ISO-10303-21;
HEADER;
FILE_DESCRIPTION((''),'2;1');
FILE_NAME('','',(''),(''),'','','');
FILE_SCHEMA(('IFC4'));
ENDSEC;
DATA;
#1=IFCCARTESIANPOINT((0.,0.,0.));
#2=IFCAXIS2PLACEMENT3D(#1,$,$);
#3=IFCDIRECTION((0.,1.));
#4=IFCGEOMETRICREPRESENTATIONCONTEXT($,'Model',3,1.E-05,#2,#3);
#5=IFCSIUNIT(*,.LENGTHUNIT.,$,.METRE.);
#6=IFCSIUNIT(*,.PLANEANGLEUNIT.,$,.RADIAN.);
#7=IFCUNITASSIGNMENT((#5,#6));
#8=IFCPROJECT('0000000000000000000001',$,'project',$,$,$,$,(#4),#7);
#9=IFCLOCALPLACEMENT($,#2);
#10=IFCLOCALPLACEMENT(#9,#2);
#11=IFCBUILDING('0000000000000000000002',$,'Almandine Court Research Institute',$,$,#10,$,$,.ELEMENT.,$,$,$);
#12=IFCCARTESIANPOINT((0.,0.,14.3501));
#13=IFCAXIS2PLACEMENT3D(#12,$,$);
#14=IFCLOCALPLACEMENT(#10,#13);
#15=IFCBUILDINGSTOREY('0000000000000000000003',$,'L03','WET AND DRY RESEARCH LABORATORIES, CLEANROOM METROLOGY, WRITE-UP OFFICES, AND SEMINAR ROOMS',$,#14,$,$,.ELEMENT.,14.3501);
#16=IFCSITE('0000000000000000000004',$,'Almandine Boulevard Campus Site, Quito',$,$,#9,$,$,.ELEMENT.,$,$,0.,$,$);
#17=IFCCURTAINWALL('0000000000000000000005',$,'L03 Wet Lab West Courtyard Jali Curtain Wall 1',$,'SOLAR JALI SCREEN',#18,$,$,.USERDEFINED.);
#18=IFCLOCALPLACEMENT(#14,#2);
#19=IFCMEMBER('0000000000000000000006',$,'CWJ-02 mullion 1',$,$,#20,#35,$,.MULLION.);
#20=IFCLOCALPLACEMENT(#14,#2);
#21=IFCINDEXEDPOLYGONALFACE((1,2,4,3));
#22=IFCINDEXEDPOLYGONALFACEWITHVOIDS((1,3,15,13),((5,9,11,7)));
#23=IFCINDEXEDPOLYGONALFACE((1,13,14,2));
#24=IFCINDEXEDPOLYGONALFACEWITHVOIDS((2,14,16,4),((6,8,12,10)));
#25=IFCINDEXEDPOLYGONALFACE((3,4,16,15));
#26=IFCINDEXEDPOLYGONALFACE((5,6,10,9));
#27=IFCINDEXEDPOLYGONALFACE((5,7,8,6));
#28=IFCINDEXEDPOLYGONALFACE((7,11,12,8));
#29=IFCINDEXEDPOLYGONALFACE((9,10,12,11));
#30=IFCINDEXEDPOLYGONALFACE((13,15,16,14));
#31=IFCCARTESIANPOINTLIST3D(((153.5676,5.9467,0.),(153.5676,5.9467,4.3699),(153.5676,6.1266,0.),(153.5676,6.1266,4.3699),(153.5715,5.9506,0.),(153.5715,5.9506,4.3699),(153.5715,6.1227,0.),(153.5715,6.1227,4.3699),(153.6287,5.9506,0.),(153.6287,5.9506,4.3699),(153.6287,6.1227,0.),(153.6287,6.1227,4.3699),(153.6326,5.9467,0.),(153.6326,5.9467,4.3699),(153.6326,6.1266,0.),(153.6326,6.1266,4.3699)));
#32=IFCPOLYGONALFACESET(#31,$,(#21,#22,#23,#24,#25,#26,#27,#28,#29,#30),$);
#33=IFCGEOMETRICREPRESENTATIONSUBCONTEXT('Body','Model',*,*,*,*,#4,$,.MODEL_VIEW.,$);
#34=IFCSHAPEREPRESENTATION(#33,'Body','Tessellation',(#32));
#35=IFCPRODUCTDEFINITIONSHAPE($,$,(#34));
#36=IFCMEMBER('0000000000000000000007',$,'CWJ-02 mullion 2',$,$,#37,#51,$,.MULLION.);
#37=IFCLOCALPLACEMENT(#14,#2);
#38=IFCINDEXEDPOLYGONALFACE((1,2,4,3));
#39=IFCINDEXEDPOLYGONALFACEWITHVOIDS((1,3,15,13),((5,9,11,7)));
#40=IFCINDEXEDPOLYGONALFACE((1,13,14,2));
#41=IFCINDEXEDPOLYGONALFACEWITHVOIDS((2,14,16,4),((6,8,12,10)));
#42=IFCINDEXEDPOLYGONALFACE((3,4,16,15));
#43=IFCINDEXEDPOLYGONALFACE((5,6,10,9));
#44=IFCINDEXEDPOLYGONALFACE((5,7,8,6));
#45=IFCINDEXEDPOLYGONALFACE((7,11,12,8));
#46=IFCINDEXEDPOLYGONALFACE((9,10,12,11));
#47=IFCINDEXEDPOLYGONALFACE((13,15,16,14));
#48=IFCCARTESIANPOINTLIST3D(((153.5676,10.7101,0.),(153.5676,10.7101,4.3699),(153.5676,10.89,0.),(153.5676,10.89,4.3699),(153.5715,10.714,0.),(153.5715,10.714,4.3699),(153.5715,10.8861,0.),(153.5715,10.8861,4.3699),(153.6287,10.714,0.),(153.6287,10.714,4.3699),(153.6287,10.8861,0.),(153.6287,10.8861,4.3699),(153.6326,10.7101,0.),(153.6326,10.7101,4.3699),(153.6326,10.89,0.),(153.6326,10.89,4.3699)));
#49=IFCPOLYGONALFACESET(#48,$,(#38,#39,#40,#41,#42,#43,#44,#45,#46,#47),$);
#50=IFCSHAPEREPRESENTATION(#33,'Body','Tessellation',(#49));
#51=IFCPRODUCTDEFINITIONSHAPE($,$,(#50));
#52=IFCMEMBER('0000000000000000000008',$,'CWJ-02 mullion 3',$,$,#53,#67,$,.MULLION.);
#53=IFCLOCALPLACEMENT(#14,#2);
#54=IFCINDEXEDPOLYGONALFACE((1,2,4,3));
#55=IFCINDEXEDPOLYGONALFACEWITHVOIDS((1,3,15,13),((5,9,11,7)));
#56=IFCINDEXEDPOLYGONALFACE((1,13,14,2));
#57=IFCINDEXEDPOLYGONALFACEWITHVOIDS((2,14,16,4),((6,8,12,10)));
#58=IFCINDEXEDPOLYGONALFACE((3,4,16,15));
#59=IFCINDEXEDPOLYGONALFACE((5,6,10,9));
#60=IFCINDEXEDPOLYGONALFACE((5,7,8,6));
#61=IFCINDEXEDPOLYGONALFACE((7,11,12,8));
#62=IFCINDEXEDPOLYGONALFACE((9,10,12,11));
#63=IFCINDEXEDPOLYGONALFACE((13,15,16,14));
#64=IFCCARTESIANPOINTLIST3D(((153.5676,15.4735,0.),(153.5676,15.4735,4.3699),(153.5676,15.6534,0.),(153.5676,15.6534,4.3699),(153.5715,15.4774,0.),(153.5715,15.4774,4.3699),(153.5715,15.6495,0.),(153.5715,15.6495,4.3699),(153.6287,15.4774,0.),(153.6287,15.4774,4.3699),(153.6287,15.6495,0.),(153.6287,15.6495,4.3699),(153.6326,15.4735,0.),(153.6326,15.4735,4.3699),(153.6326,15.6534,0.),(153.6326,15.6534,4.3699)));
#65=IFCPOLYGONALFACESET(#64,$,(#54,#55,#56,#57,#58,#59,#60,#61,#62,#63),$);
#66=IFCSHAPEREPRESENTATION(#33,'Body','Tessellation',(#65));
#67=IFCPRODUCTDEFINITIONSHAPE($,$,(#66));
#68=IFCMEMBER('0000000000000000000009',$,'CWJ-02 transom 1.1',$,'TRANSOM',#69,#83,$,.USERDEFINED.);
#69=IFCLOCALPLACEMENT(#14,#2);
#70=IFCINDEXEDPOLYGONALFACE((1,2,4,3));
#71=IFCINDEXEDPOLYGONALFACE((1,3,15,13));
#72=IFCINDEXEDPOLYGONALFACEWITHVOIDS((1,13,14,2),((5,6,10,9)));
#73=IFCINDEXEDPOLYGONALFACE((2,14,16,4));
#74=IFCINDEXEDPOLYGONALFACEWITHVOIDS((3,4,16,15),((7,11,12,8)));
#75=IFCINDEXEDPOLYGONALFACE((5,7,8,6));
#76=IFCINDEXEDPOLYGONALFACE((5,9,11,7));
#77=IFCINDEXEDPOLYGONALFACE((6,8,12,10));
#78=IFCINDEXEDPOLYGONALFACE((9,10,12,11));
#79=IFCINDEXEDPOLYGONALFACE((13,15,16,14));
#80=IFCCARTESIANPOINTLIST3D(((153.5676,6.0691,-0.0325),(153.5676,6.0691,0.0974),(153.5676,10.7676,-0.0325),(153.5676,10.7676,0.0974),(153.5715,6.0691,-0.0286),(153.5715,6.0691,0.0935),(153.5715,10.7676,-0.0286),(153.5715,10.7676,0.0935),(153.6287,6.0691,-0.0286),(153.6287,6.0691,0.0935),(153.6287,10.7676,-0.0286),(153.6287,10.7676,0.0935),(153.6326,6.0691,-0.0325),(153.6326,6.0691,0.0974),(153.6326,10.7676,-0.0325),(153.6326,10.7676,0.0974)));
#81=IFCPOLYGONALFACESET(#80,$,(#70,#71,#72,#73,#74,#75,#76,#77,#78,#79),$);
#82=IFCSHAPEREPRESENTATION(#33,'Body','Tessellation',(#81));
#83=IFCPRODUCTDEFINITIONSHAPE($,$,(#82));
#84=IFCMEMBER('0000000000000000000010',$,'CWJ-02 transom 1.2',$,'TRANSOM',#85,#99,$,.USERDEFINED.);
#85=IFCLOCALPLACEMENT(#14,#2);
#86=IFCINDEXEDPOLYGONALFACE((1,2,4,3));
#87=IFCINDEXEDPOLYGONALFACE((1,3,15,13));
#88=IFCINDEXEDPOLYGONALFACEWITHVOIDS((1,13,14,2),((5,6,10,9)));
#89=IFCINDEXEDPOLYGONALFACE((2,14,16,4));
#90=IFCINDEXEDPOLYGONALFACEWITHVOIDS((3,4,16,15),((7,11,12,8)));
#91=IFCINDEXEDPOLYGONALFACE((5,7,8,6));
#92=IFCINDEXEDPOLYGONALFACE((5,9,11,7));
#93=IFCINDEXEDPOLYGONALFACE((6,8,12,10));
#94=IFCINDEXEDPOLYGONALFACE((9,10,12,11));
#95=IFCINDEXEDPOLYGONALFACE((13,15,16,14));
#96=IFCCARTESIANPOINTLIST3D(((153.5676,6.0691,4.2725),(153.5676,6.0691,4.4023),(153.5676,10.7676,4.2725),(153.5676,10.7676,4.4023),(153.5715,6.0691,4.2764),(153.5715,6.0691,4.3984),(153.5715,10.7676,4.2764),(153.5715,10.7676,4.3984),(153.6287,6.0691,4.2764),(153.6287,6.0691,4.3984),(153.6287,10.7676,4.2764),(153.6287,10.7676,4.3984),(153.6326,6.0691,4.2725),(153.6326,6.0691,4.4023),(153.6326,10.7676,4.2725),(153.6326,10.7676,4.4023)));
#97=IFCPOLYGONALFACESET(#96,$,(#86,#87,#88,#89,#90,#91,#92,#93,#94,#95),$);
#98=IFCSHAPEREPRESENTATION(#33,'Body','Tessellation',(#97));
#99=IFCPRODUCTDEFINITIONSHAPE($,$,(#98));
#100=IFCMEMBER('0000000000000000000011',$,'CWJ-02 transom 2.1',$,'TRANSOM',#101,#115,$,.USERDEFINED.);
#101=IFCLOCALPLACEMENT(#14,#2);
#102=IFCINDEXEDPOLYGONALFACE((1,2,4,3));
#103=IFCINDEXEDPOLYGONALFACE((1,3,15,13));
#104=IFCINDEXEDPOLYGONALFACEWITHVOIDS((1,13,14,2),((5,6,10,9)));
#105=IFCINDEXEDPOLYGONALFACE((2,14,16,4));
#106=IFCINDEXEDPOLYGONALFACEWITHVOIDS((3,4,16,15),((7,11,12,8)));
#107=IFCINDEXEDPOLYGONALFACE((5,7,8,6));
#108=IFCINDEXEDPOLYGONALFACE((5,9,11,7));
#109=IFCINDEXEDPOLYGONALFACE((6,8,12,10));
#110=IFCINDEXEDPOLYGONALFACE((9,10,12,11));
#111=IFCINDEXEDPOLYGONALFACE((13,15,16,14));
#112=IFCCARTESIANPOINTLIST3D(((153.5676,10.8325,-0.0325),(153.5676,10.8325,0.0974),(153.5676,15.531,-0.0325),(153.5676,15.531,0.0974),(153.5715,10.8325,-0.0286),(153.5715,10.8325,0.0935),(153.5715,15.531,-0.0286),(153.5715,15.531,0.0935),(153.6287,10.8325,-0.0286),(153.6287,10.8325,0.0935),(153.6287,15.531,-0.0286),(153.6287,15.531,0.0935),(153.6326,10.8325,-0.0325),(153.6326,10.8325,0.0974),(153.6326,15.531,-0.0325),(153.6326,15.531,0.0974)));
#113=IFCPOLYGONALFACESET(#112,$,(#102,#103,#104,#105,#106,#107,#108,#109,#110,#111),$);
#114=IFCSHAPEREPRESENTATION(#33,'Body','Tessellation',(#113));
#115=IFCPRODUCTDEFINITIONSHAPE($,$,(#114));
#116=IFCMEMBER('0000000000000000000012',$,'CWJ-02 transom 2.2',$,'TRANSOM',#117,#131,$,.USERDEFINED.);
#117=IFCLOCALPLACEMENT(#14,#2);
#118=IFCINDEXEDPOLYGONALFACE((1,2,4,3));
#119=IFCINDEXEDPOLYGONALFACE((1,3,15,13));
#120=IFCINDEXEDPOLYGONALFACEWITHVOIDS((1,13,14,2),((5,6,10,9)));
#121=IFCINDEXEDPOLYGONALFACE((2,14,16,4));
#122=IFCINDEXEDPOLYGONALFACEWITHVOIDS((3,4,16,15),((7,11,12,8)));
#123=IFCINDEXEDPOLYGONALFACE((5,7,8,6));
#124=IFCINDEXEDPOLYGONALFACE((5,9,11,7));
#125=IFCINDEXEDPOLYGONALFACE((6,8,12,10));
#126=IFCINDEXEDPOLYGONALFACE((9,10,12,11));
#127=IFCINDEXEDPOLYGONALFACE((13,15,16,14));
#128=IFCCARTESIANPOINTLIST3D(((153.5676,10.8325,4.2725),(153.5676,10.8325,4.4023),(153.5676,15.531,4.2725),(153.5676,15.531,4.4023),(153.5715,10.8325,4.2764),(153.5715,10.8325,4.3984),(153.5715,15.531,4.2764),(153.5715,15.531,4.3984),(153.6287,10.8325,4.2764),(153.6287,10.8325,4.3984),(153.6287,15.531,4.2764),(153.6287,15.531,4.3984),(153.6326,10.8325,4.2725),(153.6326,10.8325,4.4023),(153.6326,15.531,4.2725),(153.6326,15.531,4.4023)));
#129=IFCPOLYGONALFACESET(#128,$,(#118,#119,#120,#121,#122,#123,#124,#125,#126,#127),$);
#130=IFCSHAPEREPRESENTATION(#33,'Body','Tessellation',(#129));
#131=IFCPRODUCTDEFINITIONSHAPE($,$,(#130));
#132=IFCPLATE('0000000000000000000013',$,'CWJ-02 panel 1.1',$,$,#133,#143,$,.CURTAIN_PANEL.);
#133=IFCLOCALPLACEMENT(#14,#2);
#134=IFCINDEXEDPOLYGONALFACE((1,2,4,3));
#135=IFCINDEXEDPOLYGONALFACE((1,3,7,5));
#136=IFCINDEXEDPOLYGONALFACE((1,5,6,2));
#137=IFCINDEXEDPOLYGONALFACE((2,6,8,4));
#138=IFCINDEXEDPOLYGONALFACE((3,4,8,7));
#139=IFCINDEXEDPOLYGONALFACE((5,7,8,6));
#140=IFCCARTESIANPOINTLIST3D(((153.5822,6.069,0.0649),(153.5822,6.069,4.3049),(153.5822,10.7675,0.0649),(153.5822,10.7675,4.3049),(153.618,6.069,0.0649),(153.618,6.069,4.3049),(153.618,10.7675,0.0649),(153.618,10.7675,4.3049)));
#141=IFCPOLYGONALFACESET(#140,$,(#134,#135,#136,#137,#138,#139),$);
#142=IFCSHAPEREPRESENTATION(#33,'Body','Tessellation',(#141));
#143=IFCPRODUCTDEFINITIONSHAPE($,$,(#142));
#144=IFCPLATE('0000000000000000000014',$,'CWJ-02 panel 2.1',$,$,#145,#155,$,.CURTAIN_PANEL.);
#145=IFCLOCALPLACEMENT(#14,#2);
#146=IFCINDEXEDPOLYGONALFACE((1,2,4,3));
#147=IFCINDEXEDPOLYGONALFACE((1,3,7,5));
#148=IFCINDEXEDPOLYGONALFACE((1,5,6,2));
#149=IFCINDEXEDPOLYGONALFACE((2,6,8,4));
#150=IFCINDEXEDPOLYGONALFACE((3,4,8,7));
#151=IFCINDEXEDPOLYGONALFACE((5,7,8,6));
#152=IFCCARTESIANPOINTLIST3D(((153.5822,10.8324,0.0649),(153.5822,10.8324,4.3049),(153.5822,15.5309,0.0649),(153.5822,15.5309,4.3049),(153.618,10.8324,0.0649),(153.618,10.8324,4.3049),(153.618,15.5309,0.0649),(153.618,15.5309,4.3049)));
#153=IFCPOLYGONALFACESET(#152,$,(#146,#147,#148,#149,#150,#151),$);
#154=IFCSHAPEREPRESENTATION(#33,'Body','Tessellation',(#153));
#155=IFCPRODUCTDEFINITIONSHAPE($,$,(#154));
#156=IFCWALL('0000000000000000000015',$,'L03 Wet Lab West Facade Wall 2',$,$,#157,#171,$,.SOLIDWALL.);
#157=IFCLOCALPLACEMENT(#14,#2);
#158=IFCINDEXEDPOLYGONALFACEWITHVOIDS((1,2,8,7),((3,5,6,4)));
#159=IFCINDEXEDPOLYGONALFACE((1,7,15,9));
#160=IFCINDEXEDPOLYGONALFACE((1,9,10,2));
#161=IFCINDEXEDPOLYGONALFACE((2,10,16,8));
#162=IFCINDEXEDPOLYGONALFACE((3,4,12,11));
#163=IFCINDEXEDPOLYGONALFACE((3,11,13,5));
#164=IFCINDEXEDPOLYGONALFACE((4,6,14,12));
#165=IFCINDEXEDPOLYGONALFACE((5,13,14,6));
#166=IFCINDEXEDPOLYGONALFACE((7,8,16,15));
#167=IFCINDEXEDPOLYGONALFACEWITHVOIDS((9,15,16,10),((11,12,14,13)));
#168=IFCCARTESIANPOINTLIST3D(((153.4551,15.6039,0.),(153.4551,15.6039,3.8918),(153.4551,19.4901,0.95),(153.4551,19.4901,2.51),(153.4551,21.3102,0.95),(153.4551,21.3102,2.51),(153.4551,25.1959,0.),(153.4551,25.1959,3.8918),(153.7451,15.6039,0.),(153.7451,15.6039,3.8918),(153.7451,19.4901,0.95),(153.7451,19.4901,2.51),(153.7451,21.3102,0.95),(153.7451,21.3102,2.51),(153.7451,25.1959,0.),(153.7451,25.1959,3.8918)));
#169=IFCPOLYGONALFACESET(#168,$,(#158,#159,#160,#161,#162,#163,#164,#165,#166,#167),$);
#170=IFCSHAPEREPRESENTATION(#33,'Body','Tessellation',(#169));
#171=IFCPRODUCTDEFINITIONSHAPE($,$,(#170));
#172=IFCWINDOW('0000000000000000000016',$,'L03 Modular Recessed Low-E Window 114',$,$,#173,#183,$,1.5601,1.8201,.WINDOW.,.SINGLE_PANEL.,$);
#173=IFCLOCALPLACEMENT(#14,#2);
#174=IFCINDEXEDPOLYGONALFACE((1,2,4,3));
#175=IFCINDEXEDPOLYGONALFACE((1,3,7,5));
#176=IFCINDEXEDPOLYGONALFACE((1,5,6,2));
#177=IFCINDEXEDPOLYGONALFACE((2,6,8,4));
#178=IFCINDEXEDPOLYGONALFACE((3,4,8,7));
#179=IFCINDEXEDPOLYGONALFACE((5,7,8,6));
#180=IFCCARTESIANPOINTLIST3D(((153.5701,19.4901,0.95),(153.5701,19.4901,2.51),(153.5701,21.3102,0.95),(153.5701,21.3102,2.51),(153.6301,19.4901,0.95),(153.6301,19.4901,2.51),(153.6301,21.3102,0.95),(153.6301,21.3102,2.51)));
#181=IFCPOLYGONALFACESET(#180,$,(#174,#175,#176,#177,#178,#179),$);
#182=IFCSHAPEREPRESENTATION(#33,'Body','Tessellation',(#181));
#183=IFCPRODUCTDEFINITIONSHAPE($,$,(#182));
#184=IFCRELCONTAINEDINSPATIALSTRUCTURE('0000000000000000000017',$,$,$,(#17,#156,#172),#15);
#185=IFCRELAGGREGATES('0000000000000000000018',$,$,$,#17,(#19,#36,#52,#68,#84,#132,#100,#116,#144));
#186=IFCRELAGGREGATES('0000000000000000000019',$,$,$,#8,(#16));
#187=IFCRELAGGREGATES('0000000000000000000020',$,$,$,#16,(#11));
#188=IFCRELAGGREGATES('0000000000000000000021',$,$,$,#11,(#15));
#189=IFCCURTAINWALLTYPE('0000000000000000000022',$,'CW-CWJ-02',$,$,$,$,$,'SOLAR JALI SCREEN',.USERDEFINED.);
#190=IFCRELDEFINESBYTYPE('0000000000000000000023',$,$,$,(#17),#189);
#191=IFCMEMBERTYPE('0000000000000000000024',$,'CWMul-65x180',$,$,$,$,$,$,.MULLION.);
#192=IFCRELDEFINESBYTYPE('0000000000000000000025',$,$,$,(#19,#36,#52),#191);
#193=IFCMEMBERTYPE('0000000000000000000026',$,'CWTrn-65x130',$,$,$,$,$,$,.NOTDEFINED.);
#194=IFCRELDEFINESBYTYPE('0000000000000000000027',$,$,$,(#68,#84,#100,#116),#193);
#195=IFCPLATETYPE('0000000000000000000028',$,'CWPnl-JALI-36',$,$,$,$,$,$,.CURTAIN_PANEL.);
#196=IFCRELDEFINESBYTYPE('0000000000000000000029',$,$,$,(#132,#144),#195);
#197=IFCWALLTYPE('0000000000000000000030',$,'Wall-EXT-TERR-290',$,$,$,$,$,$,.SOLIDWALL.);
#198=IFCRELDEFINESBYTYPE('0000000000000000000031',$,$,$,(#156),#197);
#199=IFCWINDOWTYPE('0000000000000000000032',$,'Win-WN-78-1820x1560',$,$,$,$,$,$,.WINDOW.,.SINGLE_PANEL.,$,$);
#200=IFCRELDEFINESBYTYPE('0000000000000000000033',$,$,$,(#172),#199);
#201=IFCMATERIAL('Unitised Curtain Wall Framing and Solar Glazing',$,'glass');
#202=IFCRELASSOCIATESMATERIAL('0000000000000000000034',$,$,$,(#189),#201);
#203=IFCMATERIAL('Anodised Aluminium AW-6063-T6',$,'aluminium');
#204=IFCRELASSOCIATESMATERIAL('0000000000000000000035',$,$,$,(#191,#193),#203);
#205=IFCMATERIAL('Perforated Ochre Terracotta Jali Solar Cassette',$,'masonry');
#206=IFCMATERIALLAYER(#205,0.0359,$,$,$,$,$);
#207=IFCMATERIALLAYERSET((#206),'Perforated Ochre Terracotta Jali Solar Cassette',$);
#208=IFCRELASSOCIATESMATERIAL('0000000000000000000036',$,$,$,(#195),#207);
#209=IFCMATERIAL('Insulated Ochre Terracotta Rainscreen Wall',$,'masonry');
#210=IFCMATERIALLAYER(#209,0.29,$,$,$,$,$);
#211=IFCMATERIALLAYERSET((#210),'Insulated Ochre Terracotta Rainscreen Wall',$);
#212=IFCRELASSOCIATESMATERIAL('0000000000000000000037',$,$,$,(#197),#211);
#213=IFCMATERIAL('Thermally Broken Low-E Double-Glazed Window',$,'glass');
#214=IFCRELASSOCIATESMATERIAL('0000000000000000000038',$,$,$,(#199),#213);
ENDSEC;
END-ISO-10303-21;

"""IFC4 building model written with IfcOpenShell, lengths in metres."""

from ifc_helpers import new_model, si_unit, direction, frame, frame_2d, origin, origin_2d, place, context, subcontext, project, spatial, rectangle, hollow_rectangle, extrude, material, layer, layer_set, material_profile, profile_set, type_object, element, fill, aggregate, save


model = new_model("IFC4")

# Units and contexts
model_context = context("Model", 3, precision=1e-05, world=origin(), true_north=direction((0.0, 1.0)))
body_context = subcontext(model_context, "Body", "Model", "MODEL_VIEW")
ifc_project = project(units=[si_unit("LENGTHUNIT", "METRE"), si_unit("PLANEANGLEUNIT", "RADIAN")], contexts=[model_context])

# Site, building, storey
site_placement = place(None, origin())
site = spatial("IfcSite", under=ifc_project, at=site_placement, Name="Almandine Boulevard Campus Site, Quito", CompositionType="ELEMENT", RefElevation=0.0)
building_placement = place(site_placement, origin())
building = spatial("IfcBuilding", under=site, at=building_placement, Name="Almandine Court Research Institute", CompositionType="ELEMENT")
storey_placement = place(building_placement, frame((0.0, 0.0, 14.3501)))
storey = spatial("IfcBuildingStorey", under=building, at=storey_placement, Name="L03", Description="WET AND DRY RESEARCH LABORATORIES, CLEANROOM METROLOGY, WRITE-UP OFFICES, AND SEMINAR ROOMS", CompositionType="ELEMENT", Elevation=14.3501)

# Curtain wall, members, plates
ifc_material_1 = material(Name="Unitised Curtain Wall Framing and Solar Glazing", Category="glass")
curtain_wall_type = type_object("IfcCurtainWallType", Name="CW-CWJ-02", ElementType="SOLAR JALI SCREEN", PredefinedType="USERDEFINED", material=ifc_material_1)
curtain_wall_placement = place(storey_placement, origin())
curtain_wall = element("IfcCurtainWall", 1, at=curtain_wall_placement, inside=storey, type_object=curtain_wall_type, Name="L03 Wet Lab West Courtyard Jali Curtain Wall 1", ObjectType="SOLAR JALI SCREEN", PredefinedType="USERDEFINED")
ifc_material_2 = material(Name="Anodised Aluminium AW-6063-T6", Category="aluminium")
ifc_material_profile_1 = material_profile(ifc_material_2, hollow_rectangle(XDim=0.0649, YDim=0.1799, WallThickness=0.0039, at=origin_2d()), Name="ALU RHS 65x180x4")
ifc_profile_set_1 = profile_set([ifc_material_profile_1], Name="Anodised Aluminium AW-6063-T6")
member_type_1 = type_object("IfcMemberType", Name="CWMul-65x180", PredefinedType="MULLION", material=ifc_profile_set_1)
member_1_placement = place(storey_placement, frame((153.6001, 6.0366, 0.0), z_axis=(0.0, 0.0, 1.0), x_axis=(-1.0, 0.0, 0.0)))
member_1 = element("IfcMember", 2, at=member_1_placement, type_object=member_type_1, Name="CWJ-02 mullion 1", PredefinedType="MULLION", context=body_context, shape_type="SweptSolid", body=[
    extrude(hollow_rectangle(XDim=0.0649, YDim=0.1799, WallThickness=0.0039, at=origin_2d()), origin(), (0.0, 0.0, 1.0), 4.3699),
])
member_2_placement = place(storey_placement, frame((153.6001, 10.8, 0.0), z_axis=(0.0, 0.0, 1.0), x_axis=(-1.0, 0.0, 0.0)))
member_2 = element("IfcMember", 3, at=member_2_placement, type_object=member_type_1, Name="CWJ-02 mullion 2", PredefinedType="MULLION", context=body_context, shape_type="SweptSolid", body=[
    extrude(hollow_rectangle(XDim=0.0649, YDim=0.1799, WallThickness=0.0039, at=origin_2d()), origin(), (0.0, 0.0, 1.0), 4.3699),
])
member_3_placement = place(storey_placement, frame((153.6001, 15.5635, 0.0), z_axis=(0.0, 0.0, 1.0), x_axis=(-1.0, 0.0, 0.0)))
member_3 = element("IfcMember", 4, at=member_3_placement, type_object=member_type_1, Name="CWJ-02 mullion 3", PredefinedType="MULLION", context=body_context, shape_type="SweptSolid", body=[
    extrude(hollow_rectangle(XDim=0.0649, YDim=0.1799, WallThickness=0.0039, at=origin_2d()), origin(), (0.0, 0.0, 1.0), 4.3699),
])
ifc_material_profile_2 = material_profile(ifc_material_2, hollow_rectangle(XDim=0.0649, YDim=0.1299, WallThickness=0.0039, at=origin_2d()), Name="ALU RHS 65x130x4")
ifc_profile_set_2 = profile_set([ifc_material_profile_2], Name="Anodised Aluminium AW-6063-T6")
member_type_2 = type_object("IfcMemberType", Name="CWTrn-65x130", PredefinedType="NOTDEFINED", material=ifc_profile_set_2)
member_4_placement = place(storey_placement, frame((153.6001, 6.0691, 0.0325), z_axis=(0.0, 1.0, 0.0), x_axis=(-1.0, 0.0, 0.0)))
member_4 = element("IfcMember", 5, at=member_4_placement, type_object=member_type_2, Name="CWJ-02 transom 1.1", ObjectType="TRANSOM", PredefinedType="USERDEFINED", context=body_context, shape_type="SweptSolid", body=[
    extrude(hollow_rectangle(XDim=0.0649, YDim=0.1299, WallThickness=0.0039, at=origin_2d()), origin(), (0.0, 0.0, 1.0), 4.6985),
])
member_5_placement = place(storey_placement, frame((153.6001, 6.0691, 4.3374), z_axis=(0.0, 1.0, 0.0), x_axis=(-1.0, 0.0, 0.0)))
member_5 = element("IfcMember", 6, at=member_5_placement, type_object=member_type_2, Name="CWJ-02 transom 1.2", ObjectType="TRANSOM", PredefinedType="USERDEFINED", context=body_context, shape_type="SweptSolid", body=[
    extrude(hollow_rectangle(XDim=0.0649, YDim=0.1299, WallThickness=0.0039, at=origin_2d()), origin(), (0.0, 0.0, 1.0), 4.6985),
])
member_6_placement = place(storey_placement, frame((153.6001, 10.8325, 0.0325), z_axis=(0.0, 1.0, 0.0), x_axis=(-1.0, 0.0, 0.0)))
member_6 = element("IfcMember", 7, at=member_6_placement, type_object=member_type_2, Name="CWJ-02 transom 2.1", ObjectType="TRANSOM", PredefinedType="USERDEFINED", context=body_context, shape_type="SweptSolid", body=[
    extrude(hollow_rectangle(XDim=0.0649, YDim=0.1299, WallThickness=0.0039, at=origin_2d()), origin(), (0.0, 0.0, 1.0), 4.6985),
])
member_7_placement = place(storey_placement, frame((153.6001, 10.8325, 4.3374), z_axis=(0.0, 1.0, 0.0), x_axis=(-1.0, 0.0, 0.0)))
member_7 = element("IfcMember", 8, at=member_7_placement, type_object=member_type_2, Name="CWJ-02 transom 2.2", ObjectType="TRANSOM", PredefinedType="USERDEFINED", context=body_context, shape_type="SweptSolid", body=[
    extrude(hollow_rectangle(XDim=0.0649, YDim=0.1299, WallThickness=0.0039, at=origin_2d()), origin(), (0.0, 0.0, 1.0), 4.6985),
])
ifc_material_3 = material(Name="Perforated Ochre Terracotta Jali Solar Cassette", Category="masonry")
ifc_layer_1 = layer(ifc_material_3, 0.0359)
ifc_layer_set_1 = layer_set([ifc_layer_1], Name="Perforated Ochre Terracotta Jali Solar Cassette")
plate_type = type_object("IfcPlateType", Name="CWPnl-JALI-36", PredefinedType="CURTAIN_PANEL", material=ifc_layer_set_1)
plate_1_placement = place(storey_placement, frame((153.6001, 8.4182, 0.0649), z_axis=(0.0, 0.0, 1.0), x_axis=(0.0, 1.0, 0.0)))
plate_1 = element("IfcPlate", 9, at=plate_1_placement, type_object=plate_type, Name="CWJ-02 panel 1.1", PredefinedType="CURTAIN_PANEL", context=body_context, shape_type="SweptSolid", body=[
    extrude(rectangle(XDim=4.6985, YDim=0.0359, at=origin_2d()), origin(), (0.0, 0.0, 1.0), 4.24),
])
plate_2_placement = place(storey_placement, frame((153.6001, 13.1816, 0.0649), z_axis=(0.0, 0.0, 1.0), x_axis=(0.0, 1.0, 0.0)))
plate_2 = element("IfcPlate", 10, at=plate_2_placement, type_object=plate_type, Name="CWJ-02 panel 2.1", PredefinedType="CURTAIN_PANEL", context=body_context, shape_type="SweptSolid", body=[
    extrude(rectangle(XDim=4.6985, YDim=0.0359, at=origin_2d()), origin(), (0.0, 0.0, 1.0), 4.24),
])
aggregate(curtain_wall, [member_1, member_2, member_3, member_4, member_5, plate_1, member_6, member_7, plate_2])

# Wall, opening, window
ifc_material_4 = material(Name="Insulated Ochre Terracotta Rainscreen Wall", Category="masonry")
ifc_layer_2 = layer(ifc_material_4, 0.29)
ifc_layer_set_2 = layer_set([ifc_layer_2], Name="Insulated Ochre Terracotta Rainscreen Wall")
wall_type_1 = type_object("IfcWallType", Name="Wall-EXT-TERR-290", PredefinedType="SOLIDWALL", material=ifc_layer_set_2)
wall_1_placement = place(storey_placement, frame((153.6001, 15.604, 0.0), z_axis=(0.0, 0.0, 1.0), x_axis=(0.0, 1.0, 0.0)))
wall_1 = element("IfcWall", 11, at=wall_1_placement, inside=storey, type_object=wall_type_1, Name="L03 Wet Lab West Facade Wall 2", PredefinedType="SOLIDWALL", context=body_context, shape_type="SweptSolid", body=[
    extrude(rectangle(XDim=9.592, YDim=0.29, at=frame_2d((4.7959, 0.0))), origin(), (0.0, 0.0, 1.0), 3.8918),
])
opening_1_placement = place(wall_1_placement, frame((3.886, 0.0, 0.95)))
opening_1 = element("IfcOpeningElement", 12, at=opening_1_placement, cuts=wall_1, PredefinedType="OPENING", context=body_context, shape_type="SweptSolid", body=[
    extrude(rectangle(XDim=1.8201, YDim=1.5601, at=frame_2d((0.9102, 0.78))), frame((0.0, 0.155, 0.0), z_axis=(0.0, -1.0, 0.0), x_axis=(1.0, 0.0, 0.0)), (0.0, 0.0, 1.0), 0.3101),
])
ifc_material_5 = material(Name="Thermally Broken Low-E Double-Glazed Window", Category="glass")
window_type = type_object("IfcWindowType", Name="Win-WN-78-1820x1560", PartitioningType="SINGLE_PANEL", PredefinedType="WINDOW", material=ifc_material_5)
window_placement = place(opening_1_placement, origin())
window = element("IfcWindow", 13, at=window_placement, inside=storey, type_object=window_type, Name="L03 Modular Recessed Low-E Window 114", OverallHeight=1.5601, OverallWidth=1.8201, PartitioningType="SINGLE_PANEL", PredefinedType="WINDOW", context=body_context, shape_type="SweptSolid", body=[
    extrude(rectangle(XDim=1.8201, YDim=1.5601, at=frame_2d((0.9102, 0.78))), frame((0.0, 0.03, 0.0), z_axis=(0.0, -1.0, 0.0), x_axis=(1.0, 0.0, 0.0)), (0.0, 0.0, 1.0), 0.0601),
])
fill(opening_1, window)

save(model, "model.ifc")
